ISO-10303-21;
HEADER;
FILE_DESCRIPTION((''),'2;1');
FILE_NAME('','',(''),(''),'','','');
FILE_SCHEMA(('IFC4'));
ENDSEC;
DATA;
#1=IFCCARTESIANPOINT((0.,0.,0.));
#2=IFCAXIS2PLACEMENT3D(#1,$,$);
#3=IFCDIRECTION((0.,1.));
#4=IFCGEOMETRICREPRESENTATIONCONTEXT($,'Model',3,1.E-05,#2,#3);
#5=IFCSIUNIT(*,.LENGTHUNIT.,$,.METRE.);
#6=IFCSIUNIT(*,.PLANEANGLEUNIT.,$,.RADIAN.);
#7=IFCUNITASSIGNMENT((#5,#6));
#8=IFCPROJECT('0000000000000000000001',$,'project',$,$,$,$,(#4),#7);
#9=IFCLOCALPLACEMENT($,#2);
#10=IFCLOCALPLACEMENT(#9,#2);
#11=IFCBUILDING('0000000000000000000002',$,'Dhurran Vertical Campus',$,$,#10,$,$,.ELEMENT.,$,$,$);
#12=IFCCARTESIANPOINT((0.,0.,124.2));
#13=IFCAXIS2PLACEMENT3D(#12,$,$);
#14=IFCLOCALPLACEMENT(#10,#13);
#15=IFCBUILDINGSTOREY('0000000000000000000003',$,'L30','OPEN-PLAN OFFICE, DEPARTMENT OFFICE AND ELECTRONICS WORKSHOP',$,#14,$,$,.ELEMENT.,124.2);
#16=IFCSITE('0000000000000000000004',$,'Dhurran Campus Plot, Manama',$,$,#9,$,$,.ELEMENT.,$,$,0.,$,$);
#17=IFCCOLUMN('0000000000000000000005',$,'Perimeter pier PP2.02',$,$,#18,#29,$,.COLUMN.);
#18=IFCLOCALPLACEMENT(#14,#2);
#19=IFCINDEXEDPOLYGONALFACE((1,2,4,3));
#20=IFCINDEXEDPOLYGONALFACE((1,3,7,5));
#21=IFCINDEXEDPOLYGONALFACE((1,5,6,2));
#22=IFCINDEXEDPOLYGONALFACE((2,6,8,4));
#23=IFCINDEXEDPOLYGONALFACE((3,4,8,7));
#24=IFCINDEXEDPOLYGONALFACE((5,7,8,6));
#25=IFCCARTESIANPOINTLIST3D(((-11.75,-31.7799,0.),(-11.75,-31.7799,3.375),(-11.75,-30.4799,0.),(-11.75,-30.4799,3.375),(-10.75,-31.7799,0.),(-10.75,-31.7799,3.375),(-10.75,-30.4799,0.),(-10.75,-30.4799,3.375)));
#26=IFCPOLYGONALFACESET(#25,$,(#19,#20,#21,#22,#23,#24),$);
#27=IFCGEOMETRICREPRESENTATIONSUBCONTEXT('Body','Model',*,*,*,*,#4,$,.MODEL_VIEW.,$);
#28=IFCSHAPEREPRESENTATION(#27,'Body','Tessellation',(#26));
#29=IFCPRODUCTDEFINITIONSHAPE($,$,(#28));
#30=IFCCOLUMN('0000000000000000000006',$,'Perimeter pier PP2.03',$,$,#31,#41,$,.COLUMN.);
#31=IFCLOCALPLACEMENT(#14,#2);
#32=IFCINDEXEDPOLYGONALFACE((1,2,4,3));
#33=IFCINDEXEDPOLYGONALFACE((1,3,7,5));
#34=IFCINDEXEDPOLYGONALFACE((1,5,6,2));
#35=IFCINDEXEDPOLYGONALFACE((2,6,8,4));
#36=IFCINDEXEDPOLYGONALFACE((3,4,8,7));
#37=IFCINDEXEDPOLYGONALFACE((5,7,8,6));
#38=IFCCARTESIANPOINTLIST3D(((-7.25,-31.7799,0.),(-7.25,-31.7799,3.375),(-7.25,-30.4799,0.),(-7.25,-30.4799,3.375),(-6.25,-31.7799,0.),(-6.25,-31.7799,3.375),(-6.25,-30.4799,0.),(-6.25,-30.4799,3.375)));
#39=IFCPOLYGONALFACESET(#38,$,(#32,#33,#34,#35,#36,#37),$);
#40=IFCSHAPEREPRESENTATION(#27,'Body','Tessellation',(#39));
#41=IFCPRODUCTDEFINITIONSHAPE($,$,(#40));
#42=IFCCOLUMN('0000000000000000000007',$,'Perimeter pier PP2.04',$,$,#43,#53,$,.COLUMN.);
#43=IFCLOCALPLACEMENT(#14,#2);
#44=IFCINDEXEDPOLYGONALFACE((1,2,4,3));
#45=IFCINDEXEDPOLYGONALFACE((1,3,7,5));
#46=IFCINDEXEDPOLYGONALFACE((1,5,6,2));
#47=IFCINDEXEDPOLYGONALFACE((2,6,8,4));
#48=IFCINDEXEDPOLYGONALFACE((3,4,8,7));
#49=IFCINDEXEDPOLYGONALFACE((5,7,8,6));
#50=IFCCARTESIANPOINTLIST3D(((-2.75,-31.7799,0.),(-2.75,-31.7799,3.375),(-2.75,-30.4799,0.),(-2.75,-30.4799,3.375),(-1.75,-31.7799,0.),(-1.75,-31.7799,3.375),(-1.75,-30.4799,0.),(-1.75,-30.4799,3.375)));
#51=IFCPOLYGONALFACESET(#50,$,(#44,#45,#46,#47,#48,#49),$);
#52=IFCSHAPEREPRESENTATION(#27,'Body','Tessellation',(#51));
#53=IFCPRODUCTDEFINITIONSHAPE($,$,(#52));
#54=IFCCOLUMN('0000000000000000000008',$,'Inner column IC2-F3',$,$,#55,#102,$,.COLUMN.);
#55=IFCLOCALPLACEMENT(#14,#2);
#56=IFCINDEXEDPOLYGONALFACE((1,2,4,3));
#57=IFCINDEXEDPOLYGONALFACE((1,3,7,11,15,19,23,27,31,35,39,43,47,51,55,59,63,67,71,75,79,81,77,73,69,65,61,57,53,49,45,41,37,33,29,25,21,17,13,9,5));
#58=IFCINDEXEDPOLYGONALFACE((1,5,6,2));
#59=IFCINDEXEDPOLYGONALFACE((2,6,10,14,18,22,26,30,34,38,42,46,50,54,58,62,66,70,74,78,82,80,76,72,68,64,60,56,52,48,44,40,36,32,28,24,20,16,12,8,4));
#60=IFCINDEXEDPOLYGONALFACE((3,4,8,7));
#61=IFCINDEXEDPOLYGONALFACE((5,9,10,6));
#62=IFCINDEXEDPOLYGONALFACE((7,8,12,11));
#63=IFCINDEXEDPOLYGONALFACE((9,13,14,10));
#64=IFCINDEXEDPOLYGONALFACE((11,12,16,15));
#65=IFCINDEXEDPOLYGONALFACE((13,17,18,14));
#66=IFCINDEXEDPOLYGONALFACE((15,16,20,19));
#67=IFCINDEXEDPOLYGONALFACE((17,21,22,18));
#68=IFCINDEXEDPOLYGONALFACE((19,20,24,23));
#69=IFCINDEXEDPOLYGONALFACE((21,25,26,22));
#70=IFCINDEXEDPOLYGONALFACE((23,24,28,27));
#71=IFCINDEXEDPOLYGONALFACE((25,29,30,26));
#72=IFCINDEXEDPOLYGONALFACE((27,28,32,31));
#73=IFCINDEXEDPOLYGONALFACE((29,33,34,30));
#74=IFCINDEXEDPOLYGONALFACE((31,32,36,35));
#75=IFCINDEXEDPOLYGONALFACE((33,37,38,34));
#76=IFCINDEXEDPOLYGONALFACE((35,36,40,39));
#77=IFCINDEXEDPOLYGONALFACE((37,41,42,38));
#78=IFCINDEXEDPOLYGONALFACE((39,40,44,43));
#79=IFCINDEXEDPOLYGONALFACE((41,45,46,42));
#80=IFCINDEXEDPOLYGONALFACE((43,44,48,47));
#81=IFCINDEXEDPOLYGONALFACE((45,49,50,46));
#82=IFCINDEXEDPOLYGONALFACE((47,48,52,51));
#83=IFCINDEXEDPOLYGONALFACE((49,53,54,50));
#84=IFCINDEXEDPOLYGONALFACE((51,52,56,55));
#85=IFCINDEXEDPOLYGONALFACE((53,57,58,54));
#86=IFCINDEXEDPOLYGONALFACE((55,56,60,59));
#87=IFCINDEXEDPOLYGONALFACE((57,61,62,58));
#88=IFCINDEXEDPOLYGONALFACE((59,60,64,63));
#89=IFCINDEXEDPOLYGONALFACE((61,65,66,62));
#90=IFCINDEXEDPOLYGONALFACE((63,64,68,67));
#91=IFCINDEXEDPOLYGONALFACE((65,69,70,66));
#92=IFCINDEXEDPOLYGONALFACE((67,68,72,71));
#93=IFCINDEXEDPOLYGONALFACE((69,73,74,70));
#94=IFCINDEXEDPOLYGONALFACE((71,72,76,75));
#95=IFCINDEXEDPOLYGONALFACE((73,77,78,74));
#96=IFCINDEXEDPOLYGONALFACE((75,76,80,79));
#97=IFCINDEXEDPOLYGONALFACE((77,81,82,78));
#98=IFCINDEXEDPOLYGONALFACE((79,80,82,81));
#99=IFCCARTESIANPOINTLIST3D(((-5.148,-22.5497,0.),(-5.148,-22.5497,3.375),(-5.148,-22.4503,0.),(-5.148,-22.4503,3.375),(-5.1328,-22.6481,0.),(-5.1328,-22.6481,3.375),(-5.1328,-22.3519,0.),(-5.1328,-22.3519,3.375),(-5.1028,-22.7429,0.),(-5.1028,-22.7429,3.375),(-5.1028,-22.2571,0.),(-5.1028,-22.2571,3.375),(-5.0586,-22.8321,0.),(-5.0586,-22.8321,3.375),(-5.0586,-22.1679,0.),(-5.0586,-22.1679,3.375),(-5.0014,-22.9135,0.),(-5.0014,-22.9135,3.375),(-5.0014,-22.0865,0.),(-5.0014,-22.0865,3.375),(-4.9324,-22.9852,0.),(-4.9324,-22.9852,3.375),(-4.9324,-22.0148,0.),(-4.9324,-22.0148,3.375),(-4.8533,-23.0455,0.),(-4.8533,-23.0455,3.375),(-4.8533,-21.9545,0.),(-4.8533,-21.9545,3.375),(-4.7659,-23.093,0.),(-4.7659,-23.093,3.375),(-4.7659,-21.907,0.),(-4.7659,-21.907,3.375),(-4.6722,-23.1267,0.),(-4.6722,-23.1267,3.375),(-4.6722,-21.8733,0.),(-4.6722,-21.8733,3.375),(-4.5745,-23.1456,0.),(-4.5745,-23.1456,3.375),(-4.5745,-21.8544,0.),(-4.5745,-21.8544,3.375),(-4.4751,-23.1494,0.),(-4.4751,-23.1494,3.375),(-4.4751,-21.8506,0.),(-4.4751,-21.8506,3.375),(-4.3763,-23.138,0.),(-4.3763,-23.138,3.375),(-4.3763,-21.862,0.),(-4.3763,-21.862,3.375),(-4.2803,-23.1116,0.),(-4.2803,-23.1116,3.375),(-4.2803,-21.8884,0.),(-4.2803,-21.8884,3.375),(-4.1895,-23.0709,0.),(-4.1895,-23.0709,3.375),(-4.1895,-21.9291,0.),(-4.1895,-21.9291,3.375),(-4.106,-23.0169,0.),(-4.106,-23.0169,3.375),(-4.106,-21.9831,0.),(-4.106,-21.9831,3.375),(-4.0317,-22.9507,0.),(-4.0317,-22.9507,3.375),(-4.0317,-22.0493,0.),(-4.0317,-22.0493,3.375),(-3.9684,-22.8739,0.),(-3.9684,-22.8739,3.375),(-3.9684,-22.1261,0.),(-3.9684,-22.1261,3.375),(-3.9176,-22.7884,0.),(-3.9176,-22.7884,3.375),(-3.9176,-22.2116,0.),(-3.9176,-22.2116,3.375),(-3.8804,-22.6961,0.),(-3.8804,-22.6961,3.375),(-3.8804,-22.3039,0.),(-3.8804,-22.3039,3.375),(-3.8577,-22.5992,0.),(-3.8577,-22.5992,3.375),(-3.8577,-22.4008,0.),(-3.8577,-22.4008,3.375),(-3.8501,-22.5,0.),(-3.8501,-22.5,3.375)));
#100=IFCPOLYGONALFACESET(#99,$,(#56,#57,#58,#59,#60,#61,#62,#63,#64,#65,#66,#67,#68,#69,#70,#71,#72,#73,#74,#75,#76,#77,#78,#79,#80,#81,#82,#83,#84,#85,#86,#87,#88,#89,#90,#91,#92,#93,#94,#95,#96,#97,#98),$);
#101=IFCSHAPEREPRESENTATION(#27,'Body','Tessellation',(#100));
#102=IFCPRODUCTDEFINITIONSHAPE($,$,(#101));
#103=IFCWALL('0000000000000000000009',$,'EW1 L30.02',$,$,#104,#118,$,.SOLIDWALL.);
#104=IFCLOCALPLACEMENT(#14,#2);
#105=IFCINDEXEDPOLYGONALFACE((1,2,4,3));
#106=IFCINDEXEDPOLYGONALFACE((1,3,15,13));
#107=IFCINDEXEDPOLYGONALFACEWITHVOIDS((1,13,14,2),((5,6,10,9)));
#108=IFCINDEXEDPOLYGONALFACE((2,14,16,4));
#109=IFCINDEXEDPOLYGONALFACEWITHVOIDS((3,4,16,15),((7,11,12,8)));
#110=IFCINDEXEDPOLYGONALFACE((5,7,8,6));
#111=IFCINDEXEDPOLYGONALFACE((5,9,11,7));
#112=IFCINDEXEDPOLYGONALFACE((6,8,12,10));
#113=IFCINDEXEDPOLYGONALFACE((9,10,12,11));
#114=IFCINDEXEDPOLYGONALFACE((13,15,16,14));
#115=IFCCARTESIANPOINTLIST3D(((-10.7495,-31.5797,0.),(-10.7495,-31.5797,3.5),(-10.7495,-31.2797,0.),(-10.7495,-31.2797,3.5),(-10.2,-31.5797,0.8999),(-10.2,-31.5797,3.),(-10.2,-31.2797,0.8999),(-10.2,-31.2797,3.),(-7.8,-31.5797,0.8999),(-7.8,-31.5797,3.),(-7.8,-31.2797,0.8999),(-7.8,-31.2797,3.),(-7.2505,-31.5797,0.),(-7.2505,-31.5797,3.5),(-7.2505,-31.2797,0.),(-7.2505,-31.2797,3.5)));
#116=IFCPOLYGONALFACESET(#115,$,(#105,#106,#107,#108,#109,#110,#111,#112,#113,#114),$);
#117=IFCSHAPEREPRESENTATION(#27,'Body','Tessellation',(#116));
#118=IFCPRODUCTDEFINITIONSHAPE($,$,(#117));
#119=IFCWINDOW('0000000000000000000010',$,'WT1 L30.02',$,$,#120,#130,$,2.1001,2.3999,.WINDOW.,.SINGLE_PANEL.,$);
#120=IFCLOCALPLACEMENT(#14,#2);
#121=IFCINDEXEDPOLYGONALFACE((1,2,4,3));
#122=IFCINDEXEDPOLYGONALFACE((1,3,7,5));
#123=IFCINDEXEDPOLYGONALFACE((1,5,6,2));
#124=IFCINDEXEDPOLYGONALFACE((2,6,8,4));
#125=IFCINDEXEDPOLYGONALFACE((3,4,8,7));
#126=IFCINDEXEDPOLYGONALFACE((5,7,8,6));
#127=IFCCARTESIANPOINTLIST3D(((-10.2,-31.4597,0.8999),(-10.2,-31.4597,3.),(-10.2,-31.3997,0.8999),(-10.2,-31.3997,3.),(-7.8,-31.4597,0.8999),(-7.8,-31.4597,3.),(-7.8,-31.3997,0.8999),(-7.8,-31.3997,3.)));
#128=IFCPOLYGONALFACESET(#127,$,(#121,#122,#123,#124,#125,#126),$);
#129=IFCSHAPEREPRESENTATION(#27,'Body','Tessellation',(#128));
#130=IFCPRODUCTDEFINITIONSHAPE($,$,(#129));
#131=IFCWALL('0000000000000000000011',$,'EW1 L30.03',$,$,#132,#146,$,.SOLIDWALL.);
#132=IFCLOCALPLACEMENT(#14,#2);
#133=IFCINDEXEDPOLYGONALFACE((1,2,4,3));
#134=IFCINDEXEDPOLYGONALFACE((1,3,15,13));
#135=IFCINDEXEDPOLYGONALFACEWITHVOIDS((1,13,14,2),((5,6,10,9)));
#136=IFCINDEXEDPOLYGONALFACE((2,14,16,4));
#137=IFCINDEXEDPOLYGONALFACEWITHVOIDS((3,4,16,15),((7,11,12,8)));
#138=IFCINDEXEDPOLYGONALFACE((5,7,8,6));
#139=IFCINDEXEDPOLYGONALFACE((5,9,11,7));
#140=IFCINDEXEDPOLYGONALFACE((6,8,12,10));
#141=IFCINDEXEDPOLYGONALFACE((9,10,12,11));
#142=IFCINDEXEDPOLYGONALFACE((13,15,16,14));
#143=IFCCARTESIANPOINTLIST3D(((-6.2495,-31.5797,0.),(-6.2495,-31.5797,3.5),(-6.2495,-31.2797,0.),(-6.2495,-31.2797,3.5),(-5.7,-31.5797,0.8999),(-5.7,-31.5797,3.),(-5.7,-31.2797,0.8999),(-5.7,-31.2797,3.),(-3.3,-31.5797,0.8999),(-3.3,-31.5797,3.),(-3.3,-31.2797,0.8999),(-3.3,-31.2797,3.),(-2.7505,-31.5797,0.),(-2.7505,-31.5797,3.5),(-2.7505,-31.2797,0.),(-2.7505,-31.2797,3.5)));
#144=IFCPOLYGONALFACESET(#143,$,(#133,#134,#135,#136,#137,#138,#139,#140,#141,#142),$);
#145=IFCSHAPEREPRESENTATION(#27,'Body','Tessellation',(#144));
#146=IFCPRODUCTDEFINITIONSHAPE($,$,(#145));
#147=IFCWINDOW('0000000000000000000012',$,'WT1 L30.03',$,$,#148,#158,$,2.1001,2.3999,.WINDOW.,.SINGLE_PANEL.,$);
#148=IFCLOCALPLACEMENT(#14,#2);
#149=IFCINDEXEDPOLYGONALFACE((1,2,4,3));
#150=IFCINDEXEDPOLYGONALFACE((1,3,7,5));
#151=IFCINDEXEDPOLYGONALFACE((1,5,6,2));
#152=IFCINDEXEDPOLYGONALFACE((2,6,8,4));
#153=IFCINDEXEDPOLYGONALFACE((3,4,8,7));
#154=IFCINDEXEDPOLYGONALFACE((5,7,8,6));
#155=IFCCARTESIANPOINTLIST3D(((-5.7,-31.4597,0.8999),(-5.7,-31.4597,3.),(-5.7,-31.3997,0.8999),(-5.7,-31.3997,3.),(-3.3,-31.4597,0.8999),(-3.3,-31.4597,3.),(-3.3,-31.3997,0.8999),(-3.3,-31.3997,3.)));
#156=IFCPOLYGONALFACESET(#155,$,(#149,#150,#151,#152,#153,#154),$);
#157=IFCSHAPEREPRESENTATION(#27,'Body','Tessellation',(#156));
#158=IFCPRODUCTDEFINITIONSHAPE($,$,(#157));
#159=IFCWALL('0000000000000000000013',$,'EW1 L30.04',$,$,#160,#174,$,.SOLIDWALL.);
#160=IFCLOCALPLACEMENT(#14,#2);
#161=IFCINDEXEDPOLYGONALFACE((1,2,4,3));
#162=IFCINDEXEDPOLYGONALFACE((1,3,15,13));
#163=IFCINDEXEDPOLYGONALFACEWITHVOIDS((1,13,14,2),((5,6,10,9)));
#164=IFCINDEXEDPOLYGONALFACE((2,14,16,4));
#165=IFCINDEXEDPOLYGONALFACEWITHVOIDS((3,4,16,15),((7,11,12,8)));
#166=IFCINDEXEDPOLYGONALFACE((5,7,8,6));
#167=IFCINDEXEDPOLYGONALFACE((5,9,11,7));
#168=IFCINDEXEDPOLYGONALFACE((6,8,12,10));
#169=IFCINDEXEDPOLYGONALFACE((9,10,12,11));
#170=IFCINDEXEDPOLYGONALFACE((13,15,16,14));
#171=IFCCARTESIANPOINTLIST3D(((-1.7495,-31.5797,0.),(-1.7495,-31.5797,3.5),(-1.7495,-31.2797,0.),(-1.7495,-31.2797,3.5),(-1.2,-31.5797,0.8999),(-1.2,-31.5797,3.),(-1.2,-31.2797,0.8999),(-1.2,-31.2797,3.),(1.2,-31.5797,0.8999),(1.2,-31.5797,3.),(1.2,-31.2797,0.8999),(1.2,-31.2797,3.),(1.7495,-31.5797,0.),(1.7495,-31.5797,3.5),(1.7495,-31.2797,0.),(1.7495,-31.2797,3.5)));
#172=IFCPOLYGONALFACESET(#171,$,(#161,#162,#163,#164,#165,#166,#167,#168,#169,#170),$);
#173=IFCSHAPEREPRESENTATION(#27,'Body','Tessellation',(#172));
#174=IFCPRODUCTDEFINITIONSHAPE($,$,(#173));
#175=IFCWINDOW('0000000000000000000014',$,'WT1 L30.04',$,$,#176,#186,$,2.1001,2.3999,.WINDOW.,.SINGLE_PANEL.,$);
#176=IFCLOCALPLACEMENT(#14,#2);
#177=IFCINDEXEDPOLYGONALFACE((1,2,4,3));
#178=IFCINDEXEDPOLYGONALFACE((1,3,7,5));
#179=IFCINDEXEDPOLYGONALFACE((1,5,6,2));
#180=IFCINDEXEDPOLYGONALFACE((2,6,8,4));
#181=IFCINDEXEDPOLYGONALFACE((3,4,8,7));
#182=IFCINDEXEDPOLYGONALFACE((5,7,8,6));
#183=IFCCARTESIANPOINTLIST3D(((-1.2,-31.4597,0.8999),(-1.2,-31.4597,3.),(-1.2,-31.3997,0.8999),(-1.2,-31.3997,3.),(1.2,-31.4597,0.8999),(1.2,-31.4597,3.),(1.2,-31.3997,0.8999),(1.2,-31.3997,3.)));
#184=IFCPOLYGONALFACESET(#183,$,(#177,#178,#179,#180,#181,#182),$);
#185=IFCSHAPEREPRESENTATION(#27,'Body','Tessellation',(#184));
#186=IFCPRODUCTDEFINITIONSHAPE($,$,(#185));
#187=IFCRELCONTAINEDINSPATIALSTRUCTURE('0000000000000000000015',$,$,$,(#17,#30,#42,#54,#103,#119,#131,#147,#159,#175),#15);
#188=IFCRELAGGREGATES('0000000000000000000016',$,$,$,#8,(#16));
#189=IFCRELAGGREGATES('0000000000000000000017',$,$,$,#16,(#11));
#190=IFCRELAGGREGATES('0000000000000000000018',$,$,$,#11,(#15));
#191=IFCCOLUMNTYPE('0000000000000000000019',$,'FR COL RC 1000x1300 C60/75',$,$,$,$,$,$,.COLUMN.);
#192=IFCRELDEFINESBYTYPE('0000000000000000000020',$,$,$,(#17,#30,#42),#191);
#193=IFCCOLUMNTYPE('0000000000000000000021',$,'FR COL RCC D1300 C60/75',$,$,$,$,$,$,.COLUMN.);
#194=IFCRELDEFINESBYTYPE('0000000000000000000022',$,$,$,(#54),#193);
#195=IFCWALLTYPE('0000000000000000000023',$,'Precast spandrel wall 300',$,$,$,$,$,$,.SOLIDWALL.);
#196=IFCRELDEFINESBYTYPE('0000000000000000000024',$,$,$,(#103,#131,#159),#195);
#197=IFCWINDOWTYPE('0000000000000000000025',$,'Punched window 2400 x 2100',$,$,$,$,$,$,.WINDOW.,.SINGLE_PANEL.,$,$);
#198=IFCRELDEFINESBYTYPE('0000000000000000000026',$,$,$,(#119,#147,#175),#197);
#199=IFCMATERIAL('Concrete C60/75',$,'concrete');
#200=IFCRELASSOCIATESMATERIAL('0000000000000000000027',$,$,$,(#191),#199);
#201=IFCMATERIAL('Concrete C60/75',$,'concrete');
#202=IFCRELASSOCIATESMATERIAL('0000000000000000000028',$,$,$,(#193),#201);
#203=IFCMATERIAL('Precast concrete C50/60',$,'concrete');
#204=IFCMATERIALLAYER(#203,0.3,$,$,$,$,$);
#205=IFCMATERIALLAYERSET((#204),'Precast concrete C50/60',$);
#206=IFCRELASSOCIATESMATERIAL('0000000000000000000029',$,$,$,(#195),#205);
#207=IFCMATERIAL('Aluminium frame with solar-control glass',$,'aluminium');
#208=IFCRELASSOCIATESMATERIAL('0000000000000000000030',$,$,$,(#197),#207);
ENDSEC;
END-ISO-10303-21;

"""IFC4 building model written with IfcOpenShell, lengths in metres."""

from ifc_helpers import new_model, si_unit, direction, frame, frame_2d, origin, origin_2d, place, context, subcontext, project, spatial, rectangle, circle, extrude, material, layer, layer_set, material_profile, profile_set, type_object, element, fill, save


model = new_model("IFC4")

# Units and contexts
model_context = context("Model", 3, precision=1e-05, world=origin(), true_north=direction((0.0, 1.0)))
body_context = subcontext(model_context, "Body", "Model", "MODEL_VIEW")
ifc_project = project(units=[si_unit("LENGTHUNIT", "METRE"), si_unit("PLANEANGLEUNIT", "RADIAN")], contexts=[model_context])

# Site, building, storey
site_placement = place(None, origin())
site = spatial("IfcSite", under=ifc_project, at=site_placement, Name="Dhurran Campus Plot, Manama", CompositionType="ELEMENT", RefElevation=0.0)
building_placement = place(site_placement, origin())
building = spatial("IfcBuilding", under=site, at=building_placement, Name="Dhurran Vertical Campus", CompositionType="ELEMENT")
storey_placement = place(building_placement, frame((0.0, 0.0, 124.2)))
storey = spatial("IfcBuildingStorey", under=building, at=storey_placement, Name="L30", Description="OPEN-PLAN OFFICE, DEPARTMENT OFFICE AND ELECTRONICS WORKSHOP", CompositionType="ELEMENT", Elevation=124.2)

# Columns
ifc_material_1 = material(Name="Concrete C60/75", Category="concrete")
ifc_material_profile_1 = material_profile(ifc_material_1, rectangle(XDim=1.0, YDim=1.3, at=origin_2d()), Name="RC 1000x1300")
ifc_profile_set_1 = profile_set([ifc_material_profile_1], Name="Concrete C60/75")
column_type_1 = type_object("IfcColumnType", Name="FR COL RC 1000x1300 C60/75", PredefinedType="COLUMN", material=ifc_profile_set_1)
for number, where, z_axis, x_axis, name in (
    (1, (-11.25, -31.1299, 0.0), (0.0, 0.0, 1.0), (1.0, 0.0, 0.0), "Perimeter pier PP2.02"),
    (2, (-6.75, -31.1299, 0.0), (0.0, 0.0, 1.0), (1.0, 0.0, 0.0), "Perimeter pier PP2.03"),
    (3, (-2.25, -31.1299, 0.0), (0.0, 0.0, 1.0), (1.0, 0.0, 0.0), "Perimeter pier PP2.04"),
):
    element("IfcColumn", number, at=place(storey_placement, frame(where, z_axis=z_axis, x_axis=x_axis)), inside=storey, type_object=column_type_1, Name=name, PredefinedType="COLUMN", context=body_context, shape_type="SweptSolid", body=[
        extrude(rectangle(XDim=1.0, YDim=1.3, at=origin_2d()), origin(), (0.0, 0.0, 1.0), 3.375),
    ])
ifc_material_2 = material(Name="Concrete C60/75", Category="concrete")
ifc_material_profile_2 = material_profile(ifc_material_2, circle(Radius=0.6499, at=origin_2d()), Name="RCC D1300")
ifc_profile_set_2 = profile_set([ifc_material_profile_2], Name="Concrete C60/75")
column_type_2 = type_object("IfcColumnType", Name="FR COL RCC D1300 C60/75", PredefinedType="COLUMN", material=ifc_profile_set_2)
column_placement = place(storey_placement, frame((-4.5, -22.5, 0.0), z_axis=(0.0, 0.0, 1.0), x_axis=(1.0, 0.0, 0.0)))
element("IfcColumn", 4, at=column_placement, inside=storey, type_object=column_type_2, Name="Inner column IC2-F3", PredefinedType="COLUMN", context=body_context, shape_type="SweptSolid", body=[
    extrude(circle(Radius=0.6499, at=origin_2d()), origin(), (0.0, 0.0, 1.0), 3.375),
])

# Walls, openings, windows
ifc_material_3 = material(Name="Precast concrete C50/60", Category="concrete")
ifc_layer_1 = layer(ifc_material_3, 0.3)
ifc_layer_set_1 = layer_set([ifc_layer_1], Name="Precast concrete C50/60")
wall_type_1 = type_object("IfcWallType", Name="Precast spandrel wall 300", PredefinedType="SOLIDWALL", material=ifc_layer_set_1)
wall_1_placement = place(storey_placement, frame((-10.7495, -31.4297, 0.0), z_axis=(0.0, 0.0, 1.0), x_axis=(1.0, 0.0, 0.0)))
wall_1 = element("IfcWall", 5, at=wall_1_placement, inside=storey, type_object=wall_type_1, Name="EW1 L30.02", PredefinedType="SOLIDWALL", context=body_context, shape_type="SweptSolid", body=[
    extrude(rectangle(XDim=3.499, YDim=0.3, at=frame_2d((1.7495, 0.0))), origin(), (0.0, 0.0, 1.0), 3.5),
])
opening_1_placement = place(wall_1_placement, frame((0.5496, 0.0, 0.8999)))
opening_1 = element("IfcOpeningElement", 6, at=opening_1_placement, cuts=wall_1, PredefinedType="OPENING", context=body_context, shape_type="SweptSolid", body=[
    extrude(rectangle(XDim=2.3999, YDim=2.1001, at=frame_2d((1.2, 1.05))), frame((0.0, 0.1599, 0.0), z_axis=(0.0, -1.0, 0.0), x_axis=(1.0, 0.0, 0.0)), (0.0, 0.0, 1.0), 0.3201),
])
ifc_material_4 = material(Name="Aluminium frame with solar-control glass", Category="aluminium")
window_type = type_object("IfcWindowType", Name="Punched window 2400 x 2100", PartitioningType="SINGLE_PANEL", PredefinedType="WINDOW", material=ifc_material_4)
window_1_placement = place(opening_1_placement, origin())
window_1 = element("IfcWindow", 7, at=window_1_placement, inside=storey, type_object=window_type, Name="WT1 L30.02", OverallHeight=2.1001, OverallWidth=2.3999, PartitioningType="SINGLE_PANEL", PredefinedType="WINDOW", context=body_context, shape_type="SweptSolid", body=[
    extrude(rectangle(XDim=2.3999, YDim=2.1001, at=frame_2d((1.2, 1.05))), frame((0.0, 0.03, 0.0), z_axis=(0.0, -1.0, 0.0), x_axis=(1.0, 0.0, 0.0)), (0.0, 0.0, 1.0), 0.0601),
])
fill(opening_1, window_1)
wall_2_placement = place(storey_placement, frame((-6.2495, -31.4297, 0.0), z_axis=(0.0, 0.0, 1.0), x_axis=(1.0, 0.0, 0.0)))
wall_2 = element("IfcWall", 8, at=wall_2_placement, inside=storey, type_object=wall_type_1, Name="EW1 L30.03", PredefinedType="SOLIDWALL", context=body_context, shape_type="SweptSolid", body=[
    extrude(rectangle(XDim=3.499, YDim=0.3, at=frame_2d((1.7495, 0.0))), origin(), (0.0, 0.0, 1.0), 3.5),
])
opening_2_placement = place(wall_2_placement, frame((0.5496, 0.0, 0.8999)))
opening_2 = element("IfcOpeningElement", 9, at=opening_2_placement, cuts=wall_2, PredefinedType="OPENING", context=body_context, shape_type="SweptSolid", body=[
    extrude(rectangle(XDim=2.3999, YDim=2.1001, at=frame_2d((1.2, 1.05))), frame((0.0, 0.1599, 0.0), z_axis=(0.0, -1.0, 0.0), x_axis=(1.0, 0.0, 0.0)), (0.0, 0.0, 1.0), 0.3201),
])
window_2_placement = place(opening_2_placement, origin())
window_2 = element("IfcWindow", 10, at=window_2_placement, inside=storey, type_object=window_type, Name="WT1 L30.03", OverallHeight=2.1001, OverallWidth=2.3999, PartitioningType="SINGLE_PANEL", PredefinedType="WINDOW", context=body_context, shape_type="SweptSolid", body=[
    extrude(rectangle(XDim=2.3999, YDim=2.1001, at=frame_2d((1.2, 1.05))), frame((0.0, 0.03, 0.0), z_axis=(0.0, -1.0, 0.0), x_axis=(1.0, 0.0, 0.0)), (0.0, 0.0, 1.0), 0.0601),
])
fill(opening_2, window_2)
wall_3_placement = place(storey_placement, frame((-1.7495, -31.4297, 0.0), z_axis=(0.0, 0.0, 1.0), x_axis=(1.0, 0.0, 0.0)))
wall_3 = element("IfcWall", 11, at=wall_3_placement, inside=storey, type_object=wall_type_1, Name="EW1 L30.04", PredefinedType="SOLIDWALL", context=body_context, shape_type="SweptSolid", body=[
    extrude(rectangle(XDim=3.499, YDim=0.3, at=frame_2d((1.7495, 0.0))), origin(), (0.0, 0.0, 1.0), 3.5),
])
opening_3_placement = place(wall_3_placement, frame((0.5496, 0.0, 0.8999)))
opening_3 = element("IfcOpeningElement", 12, at=opening_3_placement, cuts=wall_3, PredefinedType="OPENING", context=body_context, shape_type="SweptSolid", body=[
    extrude(rectangle(XDim=2.3999, YDim=2.1001, at=frame_2d((1.2, 1.05))), frame((0.0, 0.1599, 0.0), z_axis=(0.0, -1.0, 0.0), x_axis=(1.0, 0.0, 0.0)), (0.0, 0.0, 1.0), 0.3201),
])
window_3_placement = place(opening_3_placement, origin())
window_3 = element("IfcWindow", 13, at=window_3_placement, inside=storey, type_object=window_type, Name="WT1 L30.04", OverallHeight=2.1001, OverallWidth=2.3999, PartitioningType="SINGLE_PANEL", PredefinedType="WINDOW", context=body_context, shape_type="SweptSolid", body=[
    extrude(rectangle(XDim=2.3999, YDim=2.1001, at=frame_2d((1.2, 1.05))), frame((0.0, 0.03, 0.0), z_axis=(0.0, -1.0, 0.0), x_axis=(1.0, 0.0, 0.0)), (0.0, 0.0, 1.0), 0.0601),
])
fill(opening_3, window_3)

save(model, "model.ifc")
